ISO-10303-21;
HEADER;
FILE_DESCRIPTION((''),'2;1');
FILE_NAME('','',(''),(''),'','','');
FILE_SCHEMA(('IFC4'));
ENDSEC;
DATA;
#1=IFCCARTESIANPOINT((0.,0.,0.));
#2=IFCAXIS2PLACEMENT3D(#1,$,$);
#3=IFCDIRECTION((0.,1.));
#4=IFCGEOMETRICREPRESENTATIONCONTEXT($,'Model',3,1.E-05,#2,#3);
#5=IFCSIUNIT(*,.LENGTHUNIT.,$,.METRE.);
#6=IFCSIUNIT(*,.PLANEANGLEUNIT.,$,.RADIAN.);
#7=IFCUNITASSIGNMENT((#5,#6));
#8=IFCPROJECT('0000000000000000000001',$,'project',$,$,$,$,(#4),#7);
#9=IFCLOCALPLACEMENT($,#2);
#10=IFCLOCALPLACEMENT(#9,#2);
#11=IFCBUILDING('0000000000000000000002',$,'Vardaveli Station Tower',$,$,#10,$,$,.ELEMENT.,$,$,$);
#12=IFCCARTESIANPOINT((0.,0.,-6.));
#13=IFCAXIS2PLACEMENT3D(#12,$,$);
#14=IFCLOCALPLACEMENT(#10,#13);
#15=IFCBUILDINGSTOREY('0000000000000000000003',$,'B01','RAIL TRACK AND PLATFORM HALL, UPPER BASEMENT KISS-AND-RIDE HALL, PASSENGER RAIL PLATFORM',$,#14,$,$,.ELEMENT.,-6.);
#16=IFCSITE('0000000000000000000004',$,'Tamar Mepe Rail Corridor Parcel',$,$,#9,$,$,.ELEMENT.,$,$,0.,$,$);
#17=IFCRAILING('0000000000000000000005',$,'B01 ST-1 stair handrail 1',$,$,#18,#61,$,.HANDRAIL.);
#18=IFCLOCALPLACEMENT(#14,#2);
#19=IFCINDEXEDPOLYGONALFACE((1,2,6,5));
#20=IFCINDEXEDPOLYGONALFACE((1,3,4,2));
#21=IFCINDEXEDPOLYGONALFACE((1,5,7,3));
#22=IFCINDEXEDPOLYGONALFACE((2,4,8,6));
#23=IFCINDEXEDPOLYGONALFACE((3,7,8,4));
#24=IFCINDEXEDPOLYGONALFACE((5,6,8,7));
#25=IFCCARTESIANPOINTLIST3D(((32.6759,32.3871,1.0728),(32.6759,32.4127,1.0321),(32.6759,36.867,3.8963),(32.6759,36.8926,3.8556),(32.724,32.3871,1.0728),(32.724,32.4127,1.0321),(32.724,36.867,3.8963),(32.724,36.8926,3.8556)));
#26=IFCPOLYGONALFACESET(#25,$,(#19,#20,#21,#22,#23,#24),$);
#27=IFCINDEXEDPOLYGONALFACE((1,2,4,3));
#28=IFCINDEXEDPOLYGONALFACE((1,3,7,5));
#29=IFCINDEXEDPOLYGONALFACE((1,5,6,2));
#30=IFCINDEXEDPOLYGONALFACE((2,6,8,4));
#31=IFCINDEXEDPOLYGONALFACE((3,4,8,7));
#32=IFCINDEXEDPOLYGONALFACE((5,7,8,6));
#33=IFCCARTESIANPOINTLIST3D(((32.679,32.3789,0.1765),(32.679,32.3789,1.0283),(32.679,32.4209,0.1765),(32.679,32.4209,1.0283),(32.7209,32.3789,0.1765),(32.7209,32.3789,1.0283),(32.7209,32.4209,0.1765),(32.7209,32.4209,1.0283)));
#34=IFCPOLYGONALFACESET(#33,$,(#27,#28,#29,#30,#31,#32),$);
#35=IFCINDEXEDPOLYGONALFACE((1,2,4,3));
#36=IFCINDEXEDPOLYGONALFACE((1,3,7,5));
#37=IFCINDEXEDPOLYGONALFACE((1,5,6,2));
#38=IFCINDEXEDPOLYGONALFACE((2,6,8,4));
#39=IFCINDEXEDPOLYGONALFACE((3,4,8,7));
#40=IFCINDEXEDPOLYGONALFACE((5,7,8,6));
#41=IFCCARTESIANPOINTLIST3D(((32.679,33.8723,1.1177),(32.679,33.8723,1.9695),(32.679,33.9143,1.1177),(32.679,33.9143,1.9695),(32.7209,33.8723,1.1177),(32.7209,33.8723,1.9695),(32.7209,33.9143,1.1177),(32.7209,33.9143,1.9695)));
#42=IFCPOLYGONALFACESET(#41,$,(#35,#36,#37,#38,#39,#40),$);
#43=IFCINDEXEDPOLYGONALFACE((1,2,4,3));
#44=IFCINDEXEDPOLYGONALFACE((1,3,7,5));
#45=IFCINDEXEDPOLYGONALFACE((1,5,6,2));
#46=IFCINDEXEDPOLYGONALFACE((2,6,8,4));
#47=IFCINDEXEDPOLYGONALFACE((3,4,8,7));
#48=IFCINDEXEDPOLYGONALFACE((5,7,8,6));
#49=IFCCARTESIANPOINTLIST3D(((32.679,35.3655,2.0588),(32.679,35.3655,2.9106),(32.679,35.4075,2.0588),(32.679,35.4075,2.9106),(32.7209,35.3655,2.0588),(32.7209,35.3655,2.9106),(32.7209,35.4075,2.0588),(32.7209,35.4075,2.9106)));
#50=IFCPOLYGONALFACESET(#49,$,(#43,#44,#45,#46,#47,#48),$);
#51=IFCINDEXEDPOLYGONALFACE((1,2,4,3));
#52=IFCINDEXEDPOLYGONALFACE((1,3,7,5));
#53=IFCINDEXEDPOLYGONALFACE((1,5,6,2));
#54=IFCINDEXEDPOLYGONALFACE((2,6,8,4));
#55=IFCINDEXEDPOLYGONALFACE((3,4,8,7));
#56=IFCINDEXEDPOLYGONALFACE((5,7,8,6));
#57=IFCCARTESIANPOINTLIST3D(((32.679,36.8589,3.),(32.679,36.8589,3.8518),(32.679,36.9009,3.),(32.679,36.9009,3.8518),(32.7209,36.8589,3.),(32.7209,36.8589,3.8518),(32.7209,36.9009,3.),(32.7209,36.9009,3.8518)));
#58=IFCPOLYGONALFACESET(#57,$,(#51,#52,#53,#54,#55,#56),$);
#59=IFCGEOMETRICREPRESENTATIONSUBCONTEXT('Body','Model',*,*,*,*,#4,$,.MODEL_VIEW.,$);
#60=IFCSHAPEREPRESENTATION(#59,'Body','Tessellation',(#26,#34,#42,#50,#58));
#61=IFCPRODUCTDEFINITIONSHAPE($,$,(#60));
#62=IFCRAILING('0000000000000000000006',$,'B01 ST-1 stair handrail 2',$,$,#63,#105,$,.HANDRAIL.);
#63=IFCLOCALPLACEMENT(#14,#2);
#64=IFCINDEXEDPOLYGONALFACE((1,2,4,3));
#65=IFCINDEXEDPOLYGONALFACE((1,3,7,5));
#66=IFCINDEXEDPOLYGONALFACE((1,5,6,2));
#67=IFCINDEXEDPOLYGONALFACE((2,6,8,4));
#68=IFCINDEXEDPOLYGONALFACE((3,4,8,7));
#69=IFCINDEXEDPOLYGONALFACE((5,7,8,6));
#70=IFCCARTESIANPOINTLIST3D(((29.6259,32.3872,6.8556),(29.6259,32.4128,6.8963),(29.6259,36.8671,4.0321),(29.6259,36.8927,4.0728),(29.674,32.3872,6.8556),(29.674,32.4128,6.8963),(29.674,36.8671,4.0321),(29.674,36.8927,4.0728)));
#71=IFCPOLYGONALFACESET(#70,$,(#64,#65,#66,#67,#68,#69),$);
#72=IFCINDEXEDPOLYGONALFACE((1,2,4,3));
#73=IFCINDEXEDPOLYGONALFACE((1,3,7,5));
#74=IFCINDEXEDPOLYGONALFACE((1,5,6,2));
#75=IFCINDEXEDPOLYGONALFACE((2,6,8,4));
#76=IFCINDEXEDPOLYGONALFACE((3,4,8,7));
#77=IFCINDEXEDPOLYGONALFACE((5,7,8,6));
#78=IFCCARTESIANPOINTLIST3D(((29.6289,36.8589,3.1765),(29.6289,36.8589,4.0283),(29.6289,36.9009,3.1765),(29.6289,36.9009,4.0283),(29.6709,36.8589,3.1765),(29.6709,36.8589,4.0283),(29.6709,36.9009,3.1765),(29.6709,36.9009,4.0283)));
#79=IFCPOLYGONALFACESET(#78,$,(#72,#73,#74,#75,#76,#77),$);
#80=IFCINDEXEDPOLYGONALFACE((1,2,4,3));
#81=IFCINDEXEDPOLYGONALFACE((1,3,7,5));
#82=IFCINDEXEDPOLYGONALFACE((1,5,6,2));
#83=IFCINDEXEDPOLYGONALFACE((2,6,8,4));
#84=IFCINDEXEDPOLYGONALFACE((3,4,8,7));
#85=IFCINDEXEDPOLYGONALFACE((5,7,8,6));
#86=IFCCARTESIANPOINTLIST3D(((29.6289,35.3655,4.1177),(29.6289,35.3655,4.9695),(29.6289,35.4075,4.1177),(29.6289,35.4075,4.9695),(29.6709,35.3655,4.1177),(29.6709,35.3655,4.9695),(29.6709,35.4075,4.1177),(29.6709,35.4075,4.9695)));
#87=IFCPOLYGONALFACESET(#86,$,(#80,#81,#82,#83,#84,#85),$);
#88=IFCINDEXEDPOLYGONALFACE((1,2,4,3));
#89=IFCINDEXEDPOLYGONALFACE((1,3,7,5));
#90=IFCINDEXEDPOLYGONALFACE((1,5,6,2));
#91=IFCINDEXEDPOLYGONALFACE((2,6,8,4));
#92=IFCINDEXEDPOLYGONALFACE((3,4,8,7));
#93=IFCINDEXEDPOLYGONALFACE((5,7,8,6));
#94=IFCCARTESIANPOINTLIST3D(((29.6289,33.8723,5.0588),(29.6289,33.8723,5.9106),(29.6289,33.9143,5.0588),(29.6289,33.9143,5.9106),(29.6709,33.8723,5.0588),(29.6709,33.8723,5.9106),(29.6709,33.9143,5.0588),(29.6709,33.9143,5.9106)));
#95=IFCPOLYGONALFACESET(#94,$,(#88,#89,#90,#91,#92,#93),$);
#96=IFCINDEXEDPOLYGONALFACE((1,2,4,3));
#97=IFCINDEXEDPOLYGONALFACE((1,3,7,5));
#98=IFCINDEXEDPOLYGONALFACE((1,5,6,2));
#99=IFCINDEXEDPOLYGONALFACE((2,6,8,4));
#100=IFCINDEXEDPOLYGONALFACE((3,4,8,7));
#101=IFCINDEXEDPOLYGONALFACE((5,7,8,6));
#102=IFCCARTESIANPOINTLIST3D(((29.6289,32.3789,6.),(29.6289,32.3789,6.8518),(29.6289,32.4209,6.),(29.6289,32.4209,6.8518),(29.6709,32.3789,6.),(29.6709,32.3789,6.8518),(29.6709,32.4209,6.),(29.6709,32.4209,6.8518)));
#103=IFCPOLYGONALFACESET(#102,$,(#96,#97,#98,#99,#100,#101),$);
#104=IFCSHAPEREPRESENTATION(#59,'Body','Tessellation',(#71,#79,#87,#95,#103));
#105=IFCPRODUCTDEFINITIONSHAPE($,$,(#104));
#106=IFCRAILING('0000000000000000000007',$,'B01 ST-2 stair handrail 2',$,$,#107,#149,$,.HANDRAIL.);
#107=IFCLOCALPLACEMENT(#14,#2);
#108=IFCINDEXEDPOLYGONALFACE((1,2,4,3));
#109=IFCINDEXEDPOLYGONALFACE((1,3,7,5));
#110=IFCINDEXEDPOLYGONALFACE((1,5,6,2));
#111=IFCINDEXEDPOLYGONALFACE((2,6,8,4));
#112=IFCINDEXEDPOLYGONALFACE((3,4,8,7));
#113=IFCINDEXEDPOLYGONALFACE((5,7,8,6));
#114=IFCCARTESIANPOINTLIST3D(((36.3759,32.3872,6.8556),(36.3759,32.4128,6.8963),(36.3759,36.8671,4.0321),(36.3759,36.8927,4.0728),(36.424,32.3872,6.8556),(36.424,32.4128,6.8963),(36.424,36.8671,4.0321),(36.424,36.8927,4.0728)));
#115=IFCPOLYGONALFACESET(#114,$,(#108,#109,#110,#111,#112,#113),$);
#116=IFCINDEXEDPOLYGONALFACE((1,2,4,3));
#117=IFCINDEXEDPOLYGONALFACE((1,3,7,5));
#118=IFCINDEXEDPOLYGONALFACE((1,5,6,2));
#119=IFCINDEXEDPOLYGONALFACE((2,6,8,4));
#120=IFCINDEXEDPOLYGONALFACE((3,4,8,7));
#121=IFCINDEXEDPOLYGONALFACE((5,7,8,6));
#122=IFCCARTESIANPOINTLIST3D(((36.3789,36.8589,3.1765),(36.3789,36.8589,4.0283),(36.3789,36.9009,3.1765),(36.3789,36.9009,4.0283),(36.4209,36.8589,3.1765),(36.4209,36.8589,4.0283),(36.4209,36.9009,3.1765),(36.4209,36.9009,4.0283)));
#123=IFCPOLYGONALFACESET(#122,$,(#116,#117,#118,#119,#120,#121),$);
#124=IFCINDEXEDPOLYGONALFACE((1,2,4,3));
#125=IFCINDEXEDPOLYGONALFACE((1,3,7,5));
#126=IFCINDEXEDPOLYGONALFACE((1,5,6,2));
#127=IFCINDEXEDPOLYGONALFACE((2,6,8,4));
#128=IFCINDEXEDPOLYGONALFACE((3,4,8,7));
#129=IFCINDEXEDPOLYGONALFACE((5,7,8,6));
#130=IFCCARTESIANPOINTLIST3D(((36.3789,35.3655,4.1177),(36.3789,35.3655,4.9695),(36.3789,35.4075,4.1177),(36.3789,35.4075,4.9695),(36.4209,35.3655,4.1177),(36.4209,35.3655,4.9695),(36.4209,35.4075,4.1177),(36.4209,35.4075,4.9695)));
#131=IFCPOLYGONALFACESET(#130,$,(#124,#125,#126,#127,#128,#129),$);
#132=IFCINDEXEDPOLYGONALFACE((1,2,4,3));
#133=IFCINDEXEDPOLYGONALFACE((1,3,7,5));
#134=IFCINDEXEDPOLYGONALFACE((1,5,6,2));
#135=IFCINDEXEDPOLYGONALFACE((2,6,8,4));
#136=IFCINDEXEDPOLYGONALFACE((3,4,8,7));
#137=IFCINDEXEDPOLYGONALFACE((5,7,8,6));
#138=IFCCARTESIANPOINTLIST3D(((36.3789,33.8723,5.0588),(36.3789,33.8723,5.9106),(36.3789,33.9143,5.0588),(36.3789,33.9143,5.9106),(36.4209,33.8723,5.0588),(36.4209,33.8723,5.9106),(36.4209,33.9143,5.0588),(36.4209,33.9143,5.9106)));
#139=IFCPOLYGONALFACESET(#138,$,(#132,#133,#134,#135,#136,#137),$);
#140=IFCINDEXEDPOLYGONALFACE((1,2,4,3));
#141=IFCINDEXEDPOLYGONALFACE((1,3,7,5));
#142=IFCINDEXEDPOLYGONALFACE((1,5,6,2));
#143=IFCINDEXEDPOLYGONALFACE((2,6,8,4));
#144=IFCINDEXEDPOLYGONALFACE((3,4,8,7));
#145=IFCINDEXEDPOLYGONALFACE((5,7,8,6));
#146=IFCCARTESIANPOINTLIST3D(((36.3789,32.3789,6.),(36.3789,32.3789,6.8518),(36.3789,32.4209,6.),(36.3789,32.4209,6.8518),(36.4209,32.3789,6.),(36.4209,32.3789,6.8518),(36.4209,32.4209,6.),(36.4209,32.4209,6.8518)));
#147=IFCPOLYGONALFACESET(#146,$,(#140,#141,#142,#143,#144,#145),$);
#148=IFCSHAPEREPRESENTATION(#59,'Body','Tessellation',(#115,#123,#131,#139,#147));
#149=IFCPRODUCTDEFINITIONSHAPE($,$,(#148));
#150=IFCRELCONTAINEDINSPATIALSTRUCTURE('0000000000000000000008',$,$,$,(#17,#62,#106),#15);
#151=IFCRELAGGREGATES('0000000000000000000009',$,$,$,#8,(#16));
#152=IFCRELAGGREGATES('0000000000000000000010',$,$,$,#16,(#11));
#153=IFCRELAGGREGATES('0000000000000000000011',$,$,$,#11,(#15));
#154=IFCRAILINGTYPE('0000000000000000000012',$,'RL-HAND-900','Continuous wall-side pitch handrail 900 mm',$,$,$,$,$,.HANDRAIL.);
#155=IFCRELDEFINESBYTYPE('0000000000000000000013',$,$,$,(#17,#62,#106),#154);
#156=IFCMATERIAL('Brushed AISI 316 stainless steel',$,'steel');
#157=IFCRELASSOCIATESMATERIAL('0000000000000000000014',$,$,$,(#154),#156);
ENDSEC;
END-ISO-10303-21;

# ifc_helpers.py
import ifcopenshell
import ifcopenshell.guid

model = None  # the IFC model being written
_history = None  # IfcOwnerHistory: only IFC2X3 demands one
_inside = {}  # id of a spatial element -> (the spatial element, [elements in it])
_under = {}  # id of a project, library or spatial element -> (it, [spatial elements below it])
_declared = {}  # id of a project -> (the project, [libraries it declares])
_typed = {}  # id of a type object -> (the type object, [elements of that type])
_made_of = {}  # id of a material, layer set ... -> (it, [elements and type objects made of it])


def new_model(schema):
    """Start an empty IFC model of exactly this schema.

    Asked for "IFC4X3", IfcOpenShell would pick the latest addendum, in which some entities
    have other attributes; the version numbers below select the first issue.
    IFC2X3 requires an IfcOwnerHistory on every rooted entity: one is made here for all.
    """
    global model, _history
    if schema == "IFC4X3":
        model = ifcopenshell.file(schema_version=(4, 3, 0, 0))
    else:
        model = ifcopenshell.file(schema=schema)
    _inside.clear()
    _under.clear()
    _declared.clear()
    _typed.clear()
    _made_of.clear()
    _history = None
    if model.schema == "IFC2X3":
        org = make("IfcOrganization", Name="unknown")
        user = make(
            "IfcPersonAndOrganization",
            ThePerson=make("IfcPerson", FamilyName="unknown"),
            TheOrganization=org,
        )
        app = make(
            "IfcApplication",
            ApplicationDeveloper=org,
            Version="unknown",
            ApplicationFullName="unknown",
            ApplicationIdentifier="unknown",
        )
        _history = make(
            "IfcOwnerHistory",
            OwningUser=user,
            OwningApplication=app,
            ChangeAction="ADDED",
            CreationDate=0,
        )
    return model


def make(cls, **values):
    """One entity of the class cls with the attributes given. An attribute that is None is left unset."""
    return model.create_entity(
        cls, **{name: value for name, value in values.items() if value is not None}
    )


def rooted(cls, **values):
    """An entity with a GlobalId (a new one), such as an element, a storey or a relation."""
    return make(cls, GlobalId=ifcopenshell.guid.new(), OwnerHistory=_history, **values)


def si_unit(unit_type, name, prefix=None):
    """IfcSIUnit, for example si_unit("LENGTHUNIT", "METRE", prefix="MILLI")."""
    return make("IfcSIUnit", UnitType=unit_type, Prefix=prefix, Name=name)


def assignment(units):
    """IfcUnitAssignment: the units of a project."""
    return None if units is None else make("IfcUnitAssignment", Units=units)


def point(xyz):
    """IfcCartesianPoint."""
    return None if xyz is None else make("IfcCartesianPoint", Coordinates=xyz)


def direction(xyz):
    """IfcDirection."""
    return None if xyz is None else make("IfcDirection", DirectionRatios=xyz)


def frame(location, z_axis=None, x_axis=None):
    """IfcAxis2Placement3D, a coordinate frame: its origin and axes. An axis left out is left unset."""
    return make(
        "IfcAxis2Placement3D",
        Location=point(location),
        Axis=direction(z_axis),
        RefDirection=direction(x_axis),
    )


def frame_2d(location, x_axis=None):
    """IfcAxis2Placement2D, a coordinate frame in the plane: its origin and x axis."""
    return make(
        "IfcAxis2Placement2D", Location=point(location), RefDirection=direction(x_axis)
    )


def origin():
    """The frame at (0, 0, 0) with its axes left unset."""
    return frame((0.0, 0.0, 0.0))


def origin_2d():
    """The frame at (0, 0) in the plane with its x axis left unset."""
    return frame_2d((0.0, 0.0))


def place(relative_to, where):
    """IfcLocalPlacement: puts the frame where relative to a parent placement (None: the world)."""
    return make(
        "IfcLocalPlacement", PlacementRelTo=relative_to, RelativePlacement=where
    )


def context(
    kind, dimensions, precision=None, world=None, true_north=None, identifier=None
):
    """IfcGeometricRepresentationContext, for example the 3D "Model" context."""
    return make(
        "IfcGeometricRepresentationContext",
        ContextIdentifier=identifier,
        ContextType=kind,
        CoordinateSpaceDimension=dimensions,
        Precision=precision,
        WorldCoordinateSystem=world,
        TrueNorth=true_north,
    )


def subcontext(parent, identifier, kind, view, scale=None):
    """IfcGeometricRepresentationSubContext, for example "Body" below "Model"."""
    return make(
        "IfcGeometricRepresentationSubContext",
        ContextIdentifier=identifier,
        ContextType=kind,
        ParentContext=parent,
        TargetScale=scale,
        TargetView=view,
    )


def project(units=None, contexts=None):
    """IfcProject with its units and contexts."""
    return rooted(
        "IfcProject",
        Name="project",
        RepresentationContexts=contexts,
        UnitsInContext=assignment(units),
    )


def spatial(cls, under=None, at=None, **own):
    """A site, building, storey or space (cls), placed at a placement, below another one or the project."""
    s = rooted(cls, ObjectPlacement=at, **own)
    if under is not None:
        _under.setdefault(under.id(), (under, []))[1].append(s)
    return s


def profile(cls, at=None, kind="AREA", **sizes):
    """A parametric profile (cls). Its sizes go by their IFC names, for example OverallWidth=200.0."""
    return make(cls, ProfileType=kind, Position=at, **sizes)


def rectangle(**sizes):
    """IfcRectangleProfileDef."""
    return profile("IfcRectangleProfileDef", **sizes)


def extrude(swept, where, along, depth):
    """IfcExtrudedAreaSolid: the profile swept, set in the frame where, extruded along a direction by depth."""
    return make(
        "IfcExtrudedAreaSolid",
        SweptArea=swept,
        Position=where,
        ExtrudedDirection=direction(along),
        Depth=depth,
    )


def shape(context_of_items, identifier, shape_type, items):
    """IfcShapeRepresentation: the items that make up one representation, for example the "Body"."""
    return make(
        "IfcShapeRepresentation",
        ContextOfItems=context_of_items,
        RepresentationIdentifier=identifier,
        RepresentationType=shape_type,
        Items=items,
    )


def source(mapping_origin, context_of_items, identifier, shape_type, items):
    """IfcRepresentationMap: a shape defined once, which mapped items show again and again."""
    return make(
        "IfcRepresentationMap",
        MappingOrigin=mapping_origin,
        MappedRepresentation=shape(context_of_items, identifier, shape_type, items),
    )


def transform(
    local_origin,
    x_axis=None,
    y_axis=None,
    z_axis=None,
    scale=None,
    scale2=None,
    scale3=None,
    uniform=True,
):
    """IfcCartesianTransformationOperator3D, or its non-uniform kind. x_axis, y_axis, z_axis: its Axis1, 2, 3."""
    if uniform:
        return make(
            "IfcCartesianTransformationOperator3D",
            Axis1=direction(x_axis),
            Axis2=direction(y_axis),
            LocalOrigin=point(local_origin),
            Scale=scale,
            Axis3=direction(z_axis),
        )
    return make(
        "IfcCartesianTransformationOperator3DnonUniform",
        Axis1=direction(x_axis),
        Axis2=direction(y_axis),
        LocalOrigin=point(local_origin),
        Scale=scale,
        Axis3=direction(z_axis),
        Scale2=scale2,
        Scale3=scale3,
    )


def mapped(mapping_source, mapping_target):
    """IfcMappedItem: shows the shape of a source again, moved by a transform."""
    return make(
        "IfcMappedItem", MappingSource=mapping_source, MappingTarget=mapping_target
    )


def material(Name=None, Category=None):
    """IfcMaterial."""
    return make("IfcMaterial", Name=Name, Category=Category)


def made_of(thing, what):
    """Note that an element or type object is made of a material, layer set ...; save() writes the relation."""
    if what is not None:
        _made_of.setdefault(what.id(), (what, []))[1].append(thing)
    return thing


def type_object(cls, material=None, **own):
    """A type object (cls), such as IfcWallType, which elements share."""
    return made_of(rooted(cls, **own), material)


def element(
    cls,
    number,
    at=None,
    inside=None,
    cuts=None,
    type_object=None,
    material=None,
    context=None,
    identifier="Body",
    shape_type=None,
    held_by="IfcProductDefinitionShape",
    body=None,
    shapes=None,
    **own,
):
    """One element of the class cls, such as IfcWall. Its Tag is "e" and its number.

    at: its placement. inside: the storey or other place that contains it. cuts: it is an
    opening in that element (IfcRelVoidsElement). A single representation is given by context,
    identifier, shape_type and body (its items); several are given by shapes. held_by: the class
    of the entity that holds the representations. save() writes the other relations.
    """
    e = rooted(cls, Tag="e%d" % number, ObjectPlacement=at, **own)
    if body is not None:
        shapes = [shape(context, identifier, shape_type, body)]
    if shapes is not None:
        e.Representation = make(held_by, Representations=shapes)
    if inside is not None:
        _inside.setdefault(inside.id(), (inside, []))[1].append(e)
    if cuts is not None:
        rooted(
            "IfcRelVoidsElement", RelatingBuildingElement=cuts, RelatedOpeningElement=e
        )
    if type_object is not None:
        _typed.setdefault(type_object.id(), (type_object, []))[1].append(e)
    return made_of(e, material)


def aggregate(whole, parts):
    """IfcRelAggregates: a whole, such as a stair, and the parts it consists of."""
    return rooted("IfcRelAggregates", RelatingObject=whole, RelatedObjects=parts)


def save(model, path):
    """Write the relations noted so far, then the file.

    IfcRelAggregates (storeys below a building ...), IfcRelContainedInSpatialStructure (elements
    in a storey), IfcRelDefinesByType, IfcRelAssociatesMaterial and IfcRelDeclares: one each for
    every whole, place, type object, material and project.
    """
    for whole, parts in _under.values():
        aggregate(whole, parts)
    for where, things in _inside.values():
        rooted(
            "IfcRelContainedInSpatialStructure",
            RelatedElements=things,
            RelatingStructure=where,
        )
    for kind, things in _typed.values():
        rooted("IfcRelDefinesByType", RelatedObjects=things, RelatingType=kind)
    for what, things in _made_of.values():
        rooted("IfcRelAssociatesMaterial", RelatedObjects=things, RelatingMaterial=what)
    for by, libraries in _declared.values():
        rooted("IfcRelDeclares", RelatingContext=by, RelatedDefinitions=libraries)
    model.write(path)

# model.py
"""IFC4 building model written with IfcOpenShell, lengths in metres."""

from ifc_helpers import new_model, si_unit, direction, frame, origin, origin_2d, place, context, subcontext, project, spatial, rectangle, extrude, source, transform, mapped, material, type_object, element, save


model = new_model("IFC4")

# Units and contexts
model_context = context("Model", 3, precision=1e-05, world=origin(), true_north=direction((0.0, 1.0)))
body_context = subcontext(model_context, "Body", "Model", "MODEL_VIEW")
ifc_project = project(units=[si_unit("LENGTHUNIT", "METRE"), si_unit("PLANEANGLEUNIT", "RADIAN")], contexts=[model_context])

# Site, building, storey
site_placement = place(None, origin())
site = spatial("IfcSite", under=ifc_project, at=site_placement, Name="Tamar Mepe Rail Corridor Parcel", CompositionType="ELEMENT", RefElevation=0.0)
building_placement = place(site_placement, origin())
building = spatial("IfcBuilding", under=site, at=building_placement, Name="Vardaveli Station Tower", CompositionType="ELEMENT")
storey_placement = place(building_placement, frame((0.0, 0.0, -6.0)))
storey = spatial("IfcBuildingStorey", under=building, at=storey_placement, Name="B01", Description="RAIL TRACK AND PLATFORM HALL, UPPER BASEMENT KISS-AND-RIDE HALL, PASSENGER RAIL PLATFORM", CompositionType="ELEMENT", Elevation=-6.0)

# Railings
ifc_material_1 = material(Name="Brushed AISI 316 stainless steel", Category="steel")
railing_type_1 = type_object("IfcRailingType", Name="RL-HAND-900", Description="Continuous wall-side pitch handrail 900 mm", PredefinedType="HANDRAIL", material=ifc_material_1)
shared_shape_1 = source(origin(), body_context, "Body", "SweptSolid", [
    extrude(rectangle(XDim=0.0481, YDim=0.0481, at=origin_2d()), frame((0.0, 0.0, 0.876), z_axis=(0.0, 0.845998, 0.533186), x_axis=(-1.0, 0.0, 0.0)), (0.0, 0.0, 1.0), 5.2954),
    extrude(rectangle(XDim=0.042, YDim=0.042, at=origin_2d()), origin(), (0.0, 0.0, 1.0), 0.8518),
    extrude(rectangle(XDim=0.042, YDim=0.042, at=origin_2d()), frame((0.0, 1.4934, 0.9412)), (0.0, 0.0, 1.0), 0.8518),
    extrude(rectangle(XDim=0.042, YDim=0.042, at=origin_2d()), frame((0.0, 2.9866, 1.8823)), (0.0, 0.0, 1.0), 0.8518),
    extrude(rectangle(XDim=0.042, YDim=0.042, at=origin_2d()), frame((0.0, 4.48, 2.8235)), (0.0, 0.0, 1.0), 0.8518),
])
railing_1_placement = place(storey_placement, frame((32.7, 32.3999, 0.1765)))
element("IfcRailing", 1, at=railing_1_placement, inside=storey, type_object=railing_type_1, Name="B01 ST-1 stair handrail 1", PredefinedType="HANDRAIL", context=body_context, shape_type="MappedRepresentation", body=[
    mapped(shared_shape_1, transform((0.0, 0.0, 0.0), scale=1.0)),
])
shared_shape_2 = source(origin(), body_context, "Body", "SweptSolid", [
    extrude(rectangle(XDim=0.0481, YDim=0.0481, at=origin_2d()), frame((0.0, 0.0, 0.876), z_axis=(0.0, -0.845998, 0.533186), x_axis=(1.0, 0.0, 0.0)), (0.0, 0.0, 1.0), 5.2954),
    extrude(rectangle(XDim=0.042, YDim=0.042, at=origin_2d()), origin(), (0.0, 0.0, 1.0), 0.8518),
    extrude(rectangle(XDim=0.042, YDim=0.042, at=origin_2d()), frame((0.0, -1.4934, 0.9412)), (0.0, 0.0, 1.0), 0.8518),
    extrude(rectangle(XDim=0.042, YDim=0.042, at=origin_2d()), frame((0.0, -2.9866, 1.8823)), (0.0, 0.0, 1.0), 0.8518),
    extrude(rectangle(XDim=0.042, YDim=0.042, at=origin_2d()), frame((0.0, -4.48, 2.8235)), (0.0, 0.0, 1.0), 0.8518),
])
for number, where, name in (
    (2, (29.6499, 36.8799, 3.1765), "B01 ST-1 stair handrail 2"),
    (3, (36.3999, 36.8799, 3.1765), "B01 ST-2 stair handrail 2"),
):
    element("IfcRailing", number, at=place(storey_placement, frame(where)), inside=storey, type_object=railing_type_1, Name=name, PredefinedType="HANDRAIL", context=body_context, shape_type="MappedRepresentation", body=[
        mapped(shared_shape_2, transform((0.0, 0.0, 0.0), scale=1.0)),
    ])

save(model, "model.ifc")
